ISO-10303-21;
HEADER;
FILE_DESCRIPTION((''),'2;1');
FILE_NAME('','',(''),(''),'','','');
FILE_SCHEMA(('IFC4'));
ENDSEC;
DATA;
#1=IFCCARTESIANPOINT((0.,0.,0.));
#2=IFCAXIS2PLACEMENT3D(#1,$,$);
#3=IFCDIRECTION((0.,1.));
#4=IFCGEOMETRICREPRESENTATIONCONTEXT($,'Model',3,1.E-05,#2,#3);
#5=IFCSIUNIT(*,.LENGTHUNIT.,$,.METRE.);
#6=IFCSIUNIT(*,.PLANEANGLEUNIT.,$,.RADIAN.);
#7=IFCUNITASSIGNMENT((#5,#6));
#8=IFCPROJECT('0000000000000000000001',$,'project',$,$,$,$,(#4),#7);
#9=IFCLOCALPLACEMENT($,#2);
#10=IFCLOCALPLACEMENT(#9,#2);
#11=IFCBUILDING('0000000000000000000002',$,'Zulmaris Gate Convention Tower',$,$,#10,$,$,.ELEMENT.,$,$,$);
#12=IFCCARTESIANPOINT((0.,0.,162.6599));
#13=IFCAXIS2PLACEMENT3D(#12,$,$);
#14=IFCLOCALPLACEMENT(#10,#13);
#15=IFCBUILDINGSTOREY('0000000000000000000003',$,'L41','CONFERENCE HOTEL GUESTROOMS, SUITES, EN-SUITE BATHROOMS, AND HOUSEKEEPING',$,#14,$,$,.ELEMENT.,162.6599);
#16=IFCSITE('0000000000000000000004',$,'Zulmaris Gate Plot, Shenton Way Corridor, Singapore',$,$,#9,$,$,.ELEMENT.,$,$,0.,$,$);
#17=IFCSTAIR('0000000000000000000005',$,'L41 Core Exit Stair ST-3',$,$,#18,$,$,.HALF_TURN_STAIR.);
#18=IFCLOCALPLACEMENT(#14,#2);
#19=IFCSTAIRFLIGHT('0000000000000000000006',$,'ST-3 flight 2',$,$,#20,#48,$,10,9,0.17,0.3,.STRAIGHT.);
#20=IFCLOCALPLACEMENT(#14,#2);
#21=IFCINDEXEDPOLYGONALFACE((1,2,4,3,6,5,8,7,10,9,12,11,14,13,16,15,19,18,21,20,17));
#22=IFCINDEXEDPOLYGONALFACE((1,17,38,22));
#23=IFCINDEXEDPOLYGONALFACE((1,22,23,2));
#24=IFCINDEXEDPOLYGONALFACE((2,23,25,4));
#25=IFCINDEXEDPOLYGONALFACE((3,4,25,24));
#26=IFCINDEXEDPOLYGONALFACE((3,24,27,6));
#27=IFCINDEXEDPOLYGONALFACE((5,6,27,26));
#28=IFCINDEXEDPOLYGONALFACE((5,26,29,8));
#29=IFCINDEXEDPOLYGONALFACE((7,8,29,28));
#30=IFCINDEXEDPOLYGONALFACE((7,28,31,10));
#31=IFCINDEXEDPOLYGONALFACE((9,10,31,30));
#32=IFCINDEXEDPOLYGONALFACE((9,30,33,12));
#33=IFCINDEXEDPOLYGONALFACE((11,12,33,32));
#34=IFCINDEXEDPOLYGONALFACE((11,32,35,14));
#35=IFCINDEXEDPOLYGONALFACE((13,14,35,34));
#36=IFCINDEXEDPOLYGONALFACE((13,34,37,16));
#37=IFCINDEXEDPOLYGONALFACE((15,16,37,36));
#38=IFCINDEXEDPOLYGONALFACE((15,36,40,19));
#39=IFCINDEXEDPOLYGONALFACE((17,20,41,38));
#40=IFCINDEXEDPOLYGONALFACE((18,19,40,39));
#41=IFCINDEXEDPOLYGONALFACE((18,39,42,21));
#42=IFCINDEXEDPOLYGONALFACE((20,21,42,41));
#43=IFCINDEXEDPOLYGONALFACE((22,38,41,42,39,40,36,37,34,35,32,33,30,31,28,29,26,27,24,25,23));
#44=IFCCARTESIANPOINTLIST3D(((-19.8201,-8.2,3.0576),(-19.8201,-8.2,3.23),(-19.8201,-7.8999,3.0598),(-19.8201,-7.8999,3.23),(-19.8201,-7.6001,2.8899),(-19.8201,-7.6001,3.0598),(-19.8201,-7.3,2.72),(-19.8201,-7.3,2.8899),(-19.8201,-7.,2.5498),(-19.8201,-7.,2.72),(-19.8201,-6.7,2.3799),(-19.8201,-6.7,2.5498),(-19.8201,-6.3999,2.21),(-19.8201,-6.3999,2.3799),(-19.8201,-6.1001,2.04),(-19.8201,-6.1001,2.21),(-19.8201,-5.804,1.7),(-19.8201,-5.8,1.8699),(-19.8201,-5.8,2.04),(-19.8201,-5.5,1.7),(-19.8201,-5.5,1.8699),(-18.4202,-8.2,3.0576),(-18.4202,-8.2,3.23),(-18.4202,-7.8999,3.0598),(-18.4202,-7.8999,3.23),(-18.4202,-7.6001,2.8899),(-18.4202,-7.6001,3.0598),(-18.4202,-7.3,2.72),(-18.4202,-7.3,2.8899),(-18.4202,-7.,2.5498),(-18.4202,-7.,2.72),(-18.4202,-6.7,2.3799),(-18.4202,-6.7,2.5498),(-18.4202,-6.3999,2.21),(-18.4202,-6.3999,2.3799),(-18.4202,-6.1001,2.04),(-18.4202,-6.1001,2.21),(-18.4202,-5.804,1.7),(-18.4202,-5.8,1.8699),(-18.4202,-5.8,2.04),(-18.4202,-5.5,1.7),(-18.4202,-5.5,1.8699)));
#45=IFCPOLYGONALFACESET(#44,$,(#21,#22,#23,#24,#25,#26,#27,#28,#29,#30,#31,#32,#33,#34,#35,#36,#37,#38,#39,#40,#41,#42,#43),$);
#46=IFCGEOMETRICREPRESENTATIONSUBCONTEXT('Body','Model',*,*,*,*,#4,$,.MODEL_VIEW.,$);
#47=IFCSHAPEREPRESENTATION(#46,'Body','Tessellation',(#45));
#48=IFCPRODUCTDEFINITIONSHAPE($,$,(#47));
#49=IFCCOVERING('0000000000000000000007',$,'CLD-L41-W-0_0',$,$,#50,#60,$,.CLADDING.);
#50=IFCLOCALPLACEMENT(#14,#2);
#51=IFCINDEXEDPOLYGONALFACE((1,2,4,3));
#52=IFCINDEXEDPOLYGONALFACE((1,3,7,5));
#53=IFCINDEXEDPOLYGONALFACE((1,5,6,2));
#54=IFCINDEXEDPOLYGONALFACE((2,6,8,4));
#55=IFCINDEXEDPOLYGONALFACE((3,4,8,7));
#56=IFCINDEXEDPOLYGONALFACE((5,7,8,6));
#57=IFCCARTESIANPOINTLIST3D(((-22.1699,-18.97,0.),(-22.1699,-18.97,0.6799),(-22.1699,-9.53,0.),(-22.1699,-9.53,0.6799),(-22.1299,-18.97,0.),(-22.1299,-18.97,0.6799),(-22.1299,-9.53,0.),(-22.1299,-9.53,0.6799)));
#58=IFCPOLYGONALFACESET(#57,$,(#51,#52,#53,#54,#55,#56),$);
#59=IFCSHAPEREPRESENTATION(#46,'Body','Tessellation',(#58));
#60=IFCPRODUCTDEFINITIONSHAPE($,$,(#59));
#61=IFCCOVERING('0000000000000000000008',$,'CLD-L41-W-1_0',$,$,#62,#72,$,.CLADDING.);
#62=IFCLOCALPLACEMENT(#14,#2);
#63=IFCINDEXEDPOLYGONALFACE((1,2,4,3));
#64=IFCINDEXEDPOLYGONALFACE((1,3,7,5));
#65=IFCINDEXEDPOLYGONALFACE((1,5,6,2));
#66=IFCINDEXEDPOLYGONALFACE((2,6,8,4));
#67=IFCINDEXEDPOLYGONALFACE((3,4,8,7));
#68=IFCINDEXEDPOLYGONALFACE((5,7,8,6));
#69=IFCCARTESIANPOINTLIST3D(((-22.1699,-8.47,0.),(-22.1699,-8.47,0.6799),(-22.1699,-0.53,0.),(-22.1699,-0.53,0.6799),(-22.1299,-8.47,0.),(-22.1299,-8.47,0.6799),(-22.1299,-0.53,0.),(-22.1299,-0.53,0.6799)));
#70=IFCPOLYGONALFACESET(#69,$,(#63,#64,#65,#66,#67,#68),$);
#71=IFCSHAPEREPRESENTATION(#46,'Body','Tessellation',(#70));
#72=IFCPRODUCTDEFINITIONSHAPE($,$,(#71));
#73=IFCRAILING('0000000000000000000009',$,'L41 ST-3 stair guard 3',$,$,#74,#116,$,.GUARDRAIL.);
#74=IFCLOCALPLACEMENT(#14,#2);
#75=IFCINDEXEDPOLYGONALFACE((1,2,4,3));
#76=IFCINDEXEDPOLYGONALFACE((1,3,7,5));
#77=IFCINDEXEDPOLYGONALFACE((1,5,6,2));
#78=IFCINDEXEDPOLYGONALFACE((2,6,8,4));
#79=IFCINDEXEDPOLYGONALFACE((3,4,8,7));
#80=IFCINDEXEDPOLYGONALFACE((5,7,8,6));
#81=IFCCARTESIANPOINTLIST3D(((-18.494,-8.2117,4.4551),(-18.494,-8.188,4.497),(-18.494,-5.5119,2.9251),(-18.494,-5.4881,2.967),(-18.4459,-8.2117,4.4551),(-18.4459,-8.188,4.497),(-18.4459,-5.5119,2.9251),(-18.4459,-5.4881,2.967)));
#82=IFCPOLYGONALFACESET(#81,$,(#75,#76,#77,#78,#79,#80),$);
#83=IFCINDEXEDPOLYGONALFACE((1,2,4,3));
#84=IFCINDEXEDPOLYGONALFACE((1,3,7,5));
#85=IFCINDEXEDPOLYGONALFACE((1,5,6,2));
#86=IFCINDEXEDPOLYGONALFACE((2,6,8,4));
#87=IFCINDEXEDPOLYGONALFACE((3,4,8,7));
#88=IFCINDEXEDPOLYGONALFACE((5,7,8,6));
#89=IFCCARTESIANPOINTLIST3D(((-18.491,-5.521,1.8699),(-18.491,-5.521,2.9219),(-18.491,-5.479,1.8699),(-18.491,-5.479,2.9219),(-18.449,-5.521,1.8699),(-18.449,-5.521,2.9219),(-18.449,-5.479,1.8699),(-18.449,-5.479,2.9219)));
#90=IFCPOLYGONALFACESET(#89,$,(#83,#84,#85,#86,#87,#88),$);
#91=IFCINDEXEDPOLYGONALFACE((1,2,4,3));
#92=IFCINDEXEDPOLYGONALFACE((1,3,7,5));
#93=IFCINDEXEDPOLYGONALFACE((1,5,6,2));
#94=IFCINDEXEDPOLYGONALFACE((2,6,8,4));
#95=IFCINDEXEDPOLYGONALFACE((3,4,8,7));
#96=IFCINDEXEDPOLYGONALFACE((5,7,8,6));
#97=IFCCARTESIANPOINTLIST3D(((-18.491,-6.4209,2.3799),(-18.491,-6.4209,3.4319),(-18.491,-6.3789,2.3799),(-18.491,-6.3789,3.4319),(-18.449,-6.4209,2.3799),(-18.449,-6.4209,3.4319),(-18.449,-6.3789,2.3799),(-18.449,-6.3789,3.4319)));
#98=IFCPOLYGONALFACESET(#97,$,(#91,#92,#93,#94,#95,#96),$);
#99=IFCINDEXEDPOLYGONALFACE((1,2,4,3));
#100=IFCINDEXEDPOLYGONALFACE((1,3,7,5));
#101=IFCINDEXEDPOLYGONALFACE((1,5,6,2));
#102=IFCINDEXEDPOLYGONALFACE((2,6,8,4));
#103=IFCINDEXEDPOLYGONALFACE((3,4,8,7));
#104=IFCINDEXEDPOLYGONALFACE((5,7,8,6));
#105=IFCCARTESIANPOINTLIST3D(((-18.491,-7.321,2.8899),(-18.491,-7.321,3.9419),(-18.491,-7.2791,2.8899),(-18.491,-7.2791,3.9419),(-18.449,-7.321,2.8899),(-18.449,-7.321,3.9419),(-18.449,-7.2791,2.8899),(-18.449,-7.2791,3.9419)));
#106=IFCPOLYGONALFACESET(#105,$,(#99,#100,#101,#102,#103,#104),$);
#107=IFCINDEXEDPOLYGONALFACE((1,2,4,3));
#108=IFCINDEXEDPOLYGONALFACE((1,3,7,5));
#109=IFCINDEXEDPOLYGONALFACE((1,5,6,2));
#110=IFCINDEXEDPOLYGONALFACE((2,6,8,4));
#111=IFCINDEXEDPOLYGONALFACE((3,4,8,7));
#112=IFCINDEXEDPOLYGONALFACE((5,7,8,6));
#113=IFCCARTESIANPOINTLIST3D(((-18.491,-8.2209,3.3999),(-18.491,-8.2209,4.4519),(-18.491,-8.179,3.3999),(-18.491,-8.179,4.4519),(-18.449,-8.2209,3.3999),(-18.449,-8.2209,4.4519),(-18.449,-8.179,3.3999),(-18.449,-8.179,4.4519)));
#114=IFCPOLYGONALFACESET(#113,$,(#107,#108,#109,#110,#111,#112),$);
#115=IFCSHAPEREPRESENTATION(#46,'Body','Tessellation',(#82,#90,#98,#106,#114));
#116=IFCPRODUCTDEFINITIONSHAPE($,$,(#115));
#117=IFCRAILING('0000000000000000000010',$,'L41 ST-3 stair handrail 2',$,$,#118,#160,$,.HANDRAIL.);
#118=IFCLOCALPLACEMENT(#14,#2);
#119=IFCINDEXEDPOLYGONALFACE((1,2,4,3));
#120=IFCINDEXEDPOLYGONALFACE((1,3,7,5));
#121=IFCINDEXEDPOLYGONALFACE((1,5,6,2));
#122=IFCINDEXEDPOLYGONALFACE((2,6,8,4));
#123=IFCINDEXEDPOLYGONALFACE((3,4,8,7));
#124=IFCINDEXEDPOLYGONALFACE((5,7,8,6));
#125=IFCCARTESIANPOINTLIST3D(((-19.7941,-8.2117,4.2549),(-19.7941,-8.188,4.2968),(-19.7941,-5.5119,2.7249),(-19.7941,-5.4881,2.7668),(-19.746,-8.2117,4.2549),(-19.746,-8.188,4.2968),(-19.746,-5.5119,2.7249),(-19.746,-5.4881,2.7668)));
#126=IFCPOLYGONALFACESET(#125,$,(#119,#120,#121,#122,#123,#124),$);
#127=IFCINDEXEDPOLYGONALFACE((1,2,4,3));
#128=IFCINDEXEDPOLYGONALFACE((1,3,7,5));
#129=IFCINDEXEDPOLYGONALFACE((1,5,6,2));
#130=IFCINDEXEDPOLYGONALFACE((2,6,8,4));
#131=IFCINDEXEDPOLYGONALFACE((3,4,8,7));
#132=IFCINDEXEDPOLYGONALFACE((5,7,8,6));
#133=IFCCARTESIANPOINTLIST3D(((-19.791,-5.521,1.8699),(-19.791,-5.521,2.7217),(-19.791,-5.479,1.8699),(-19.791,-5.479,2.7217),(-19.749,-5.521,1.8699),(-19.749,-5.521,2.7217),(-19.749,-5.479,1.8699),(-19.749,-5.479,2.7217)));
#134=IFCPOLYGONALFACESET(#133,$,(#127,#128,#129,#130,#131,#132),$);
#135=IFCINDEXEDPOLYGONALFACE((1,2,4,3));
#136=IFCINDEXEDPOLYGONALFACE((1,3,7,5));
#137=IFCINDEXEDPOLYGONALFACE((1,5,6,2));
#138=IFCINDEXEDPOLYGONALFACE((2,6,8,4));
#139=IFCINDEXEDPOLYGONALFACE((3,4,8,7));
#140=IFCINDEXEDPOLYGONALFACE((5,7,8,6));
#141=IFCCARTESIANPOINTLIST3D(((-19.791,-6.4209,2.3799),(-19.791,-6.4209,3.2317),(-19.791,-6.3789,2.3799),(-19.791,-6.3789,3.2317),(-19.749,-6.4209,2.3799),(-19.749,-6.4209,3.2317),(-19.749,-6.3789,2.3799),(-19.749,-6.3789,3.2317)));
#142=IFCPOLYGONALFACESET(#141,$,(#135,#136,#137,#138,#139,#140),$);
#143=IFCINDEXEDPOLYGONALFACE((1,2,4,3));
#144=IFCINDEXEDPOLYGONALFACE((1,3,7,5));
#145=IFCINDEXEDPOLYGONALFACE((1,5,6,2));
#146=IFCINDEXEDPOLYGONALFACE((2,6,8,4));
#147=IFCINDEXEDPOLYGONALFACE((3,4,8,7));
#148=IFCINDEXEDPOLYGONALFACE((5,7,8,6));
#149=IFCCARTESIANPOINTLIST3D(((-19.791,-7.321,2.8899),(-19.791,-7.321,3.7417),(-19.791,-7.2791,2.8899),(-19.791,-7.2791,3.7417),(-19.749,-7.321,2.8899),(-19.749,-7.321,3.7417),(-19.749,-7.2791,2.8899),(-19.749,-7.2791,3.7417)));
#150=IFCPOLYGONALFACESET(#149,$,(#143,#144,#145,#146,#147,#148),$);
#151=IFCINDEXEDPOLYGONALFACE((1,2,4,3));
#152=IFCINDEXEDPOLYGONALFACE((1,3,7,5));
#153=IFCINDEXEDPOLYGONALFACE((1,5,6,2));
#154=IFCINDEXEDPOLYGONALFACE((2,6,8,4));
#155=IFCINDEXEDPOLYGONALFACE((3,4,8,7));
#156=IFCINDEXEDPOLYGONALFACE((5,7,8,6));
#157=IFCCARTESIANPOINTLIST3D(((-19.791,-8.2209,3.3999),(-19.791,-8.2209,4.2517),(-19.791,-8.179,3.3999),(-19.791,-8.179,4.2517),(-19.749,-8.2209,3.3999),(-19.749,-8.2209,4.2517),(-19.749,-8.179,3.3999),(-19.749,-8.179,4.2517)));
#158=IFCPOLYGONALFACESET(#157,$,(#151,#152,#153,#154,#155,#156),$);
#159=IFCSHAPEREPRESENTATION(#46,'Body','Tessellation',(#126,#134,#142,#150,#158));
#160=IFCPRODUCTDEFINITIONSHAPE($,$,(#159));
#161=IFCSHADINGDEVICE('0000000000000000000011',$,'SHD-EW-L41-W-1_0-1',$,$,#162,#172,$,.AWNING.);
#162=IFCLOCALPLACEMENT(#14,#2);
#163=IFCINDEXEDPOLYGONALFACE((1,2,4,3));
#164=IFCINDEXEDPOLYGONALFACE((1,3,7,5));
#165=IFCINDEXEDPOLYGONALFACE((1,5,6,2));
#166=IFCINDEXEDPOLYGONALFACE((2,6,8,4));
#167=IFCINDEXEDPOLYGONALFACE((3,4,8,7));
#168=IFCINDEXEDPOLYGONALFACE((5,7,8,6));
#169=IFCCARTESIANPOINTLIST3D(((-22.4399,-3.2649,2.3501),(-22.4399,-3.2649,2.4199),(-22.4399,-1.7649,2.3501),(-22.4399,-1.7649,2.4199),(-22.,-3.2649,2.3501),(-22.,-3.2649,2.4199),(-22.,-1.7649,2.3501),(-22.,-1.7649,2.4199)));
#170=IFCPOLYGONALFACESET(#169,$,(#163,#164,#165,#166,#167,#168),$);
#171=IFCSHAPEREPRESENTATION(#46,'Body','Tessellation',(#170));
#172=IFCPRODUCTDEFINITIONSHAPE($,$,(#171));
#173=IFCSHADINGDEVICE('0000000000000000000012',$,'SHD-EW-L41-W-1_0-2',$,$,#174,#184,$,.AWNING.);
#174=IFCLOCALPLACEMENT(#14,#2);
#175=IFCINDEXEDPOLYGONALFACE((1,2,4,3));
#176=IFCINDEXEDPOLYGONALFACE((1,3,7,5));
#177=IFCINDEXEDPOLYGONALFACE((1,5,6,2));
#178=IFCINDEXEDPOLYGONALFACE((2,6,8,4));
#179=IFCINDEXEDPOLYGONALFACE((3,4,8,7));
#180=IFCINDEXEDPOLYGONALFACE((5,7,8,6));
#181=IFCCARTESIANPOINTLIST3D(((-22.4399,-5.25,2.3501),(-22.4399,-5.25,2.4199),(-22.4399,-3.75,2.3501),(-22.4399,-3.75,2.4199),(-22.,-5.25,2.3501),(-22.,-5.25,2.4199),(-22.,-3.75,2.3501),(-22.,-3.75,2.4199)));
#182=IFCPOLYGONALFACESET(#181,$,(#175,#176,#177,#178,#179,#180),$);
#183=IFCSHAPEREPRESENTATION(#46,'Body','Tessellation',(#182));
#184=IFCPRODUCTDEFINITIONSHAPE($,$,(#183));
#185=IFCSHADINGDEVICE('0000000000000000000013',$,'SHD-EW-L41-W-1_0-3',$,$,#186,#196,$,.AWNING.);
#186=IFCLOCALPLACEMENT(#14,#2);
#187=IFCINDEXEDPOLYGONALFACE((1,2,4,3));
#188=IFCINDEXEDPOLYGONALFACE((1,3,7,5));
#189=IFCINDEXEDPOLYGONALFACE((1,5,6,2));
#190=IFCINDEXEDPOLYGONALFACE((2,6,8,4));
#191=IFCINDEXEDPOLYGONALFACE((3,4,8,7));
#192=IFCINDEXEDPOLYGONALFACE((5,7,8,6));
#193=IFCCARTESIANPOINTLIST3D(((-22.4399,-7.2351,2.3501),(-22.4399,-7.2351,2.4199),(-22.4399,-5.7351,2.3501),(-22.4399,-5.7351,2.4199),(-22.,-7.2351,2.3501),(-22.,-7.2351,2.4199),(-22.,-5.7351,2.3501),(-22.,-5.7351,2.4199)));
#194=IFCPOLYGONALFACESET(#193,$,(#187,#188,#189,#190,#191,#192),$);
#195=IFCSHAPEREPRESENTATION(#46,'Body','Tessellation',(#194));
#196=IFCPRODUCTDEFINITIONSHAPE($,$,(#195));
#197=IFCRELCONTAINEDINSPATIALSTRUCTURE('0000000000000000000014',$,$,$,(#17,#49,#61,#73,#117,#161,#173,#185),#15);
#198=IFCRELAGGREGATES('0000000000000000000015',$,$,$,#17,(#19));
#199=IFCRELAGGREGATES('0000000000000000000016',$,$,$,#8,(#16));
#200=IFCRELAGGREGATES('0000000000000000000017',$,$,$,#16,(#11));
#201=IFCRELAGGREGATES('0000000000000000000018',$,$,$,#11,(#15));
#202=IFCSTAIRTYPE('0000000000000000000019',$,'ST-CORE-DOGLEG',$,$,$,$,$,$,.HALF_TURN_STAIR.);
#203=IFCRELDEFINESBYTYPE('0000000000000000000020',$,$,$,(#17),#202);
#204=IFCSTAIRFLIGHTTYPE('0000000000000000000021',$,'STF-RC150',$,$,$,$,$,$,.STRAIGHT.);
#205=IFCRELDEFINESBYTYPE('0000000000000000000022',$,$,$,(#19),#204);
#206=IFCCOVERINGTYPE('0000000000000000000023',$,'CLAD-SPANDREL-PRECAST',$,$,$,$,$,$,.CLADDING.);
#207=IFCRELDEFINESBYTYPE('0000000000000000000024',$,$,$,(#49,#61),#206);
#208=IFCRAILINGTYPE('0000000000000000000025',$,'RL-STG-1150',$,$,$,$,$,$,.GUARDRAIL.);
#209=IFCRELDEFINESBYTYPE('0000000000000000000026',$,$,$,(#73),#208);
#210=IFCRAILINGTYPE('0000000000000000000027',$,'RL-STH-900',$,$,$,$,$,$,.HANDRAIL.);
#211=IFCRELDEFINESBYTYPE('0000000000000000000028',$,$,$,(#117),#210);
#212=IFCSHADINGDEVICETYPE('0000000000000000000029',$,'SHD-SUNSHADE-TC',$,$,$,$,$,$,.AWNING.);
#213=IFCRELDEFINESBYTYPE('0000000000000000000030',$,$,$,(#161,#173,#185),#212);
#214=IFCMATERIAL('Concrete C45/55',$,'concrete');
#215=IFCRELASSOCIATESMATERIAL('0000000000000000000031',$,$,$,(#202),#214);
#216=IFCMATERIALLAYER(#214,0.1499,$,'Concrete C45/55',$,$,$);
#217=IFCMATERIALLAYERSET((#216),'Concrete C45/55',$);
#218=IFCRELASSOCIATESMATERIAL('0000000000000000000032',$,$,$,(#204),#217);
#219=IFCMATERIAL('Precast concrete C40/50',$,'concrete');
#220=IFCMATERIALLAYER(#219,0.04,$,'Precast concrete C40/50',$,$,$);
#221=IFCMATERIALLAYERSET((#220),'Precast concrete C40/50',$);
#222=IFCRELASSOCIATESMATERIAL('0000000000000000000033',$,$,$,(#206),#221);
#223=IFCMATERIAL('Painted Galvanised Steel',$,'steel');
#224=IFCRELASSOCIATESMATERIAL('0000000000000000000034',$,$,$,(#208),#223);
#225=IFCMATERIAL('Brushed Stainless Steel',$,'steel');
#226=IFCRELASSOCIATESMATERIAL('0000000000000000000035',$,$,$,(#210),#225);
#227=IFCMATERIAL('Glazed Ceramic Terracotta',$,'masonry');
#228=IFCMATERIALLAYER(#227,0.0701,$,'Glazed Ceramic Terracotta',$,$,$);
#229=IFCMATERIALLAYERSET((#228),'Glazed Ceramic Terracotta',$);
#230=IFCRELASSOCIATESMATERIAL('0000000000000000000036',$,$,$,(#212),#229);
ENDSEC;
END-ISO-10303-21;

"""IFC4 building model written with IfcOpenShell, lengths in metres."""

from ifc_helpers import new_model, si_unit, direction, frame, frame_2d, origin, origin_2d, place, context, subcontext, project, spatial, polyline, rectangle, outline, extrude, material, layer, layer_set, type_object, element, aggregate, save


model = new_model("IFC4")

# Units and contexts
model_context = context("Model", 3, precision=1e-05, world=origin(), true_north=direction((0.0, 1.0)))
body_context = subcontext(model_context, "Body", "Model", "MODEL_VIEW")
ifc_project = project(units=[si_unit("LENGTHUNIT", "METRE"), si_unit("PLANEANGLEUNIT", "RADIAN")], contexts=[model_context])

# Site, building, storey
site_placement = place(None, origin())
site = spatial("IfcSite", under=ifc_project, at=site_placement, Name="Zulmaris Gate Plot, Shenton Way Corridor, Singapore", CompositionType="ELEMENT", RefElevation=0.0)
building_placement = place(site_placement, origin())
building = spatial("IfcBuilding", under=site, at=building_placement, Name="Zulmaris Gate Convention Tower", CompositionType="ELEMENT")
storey_placement = place(building_placement, frame((0.0, 0.0, 162.6599)))
storey = spatial("IfcBuildingStorey", under=building, at=storey_placement, Name="L41", Description="CONFERENCE HOTEL GUESTROOMS, SUITES, EN-SUITE BATHROOMS, AND HOUSEKEEPING", CompositionType="ELEMENT", Elevation=162.6599)

# Shared definitions
ifc_material_1 = material(Name="Precast concrete C40/50", Category="concrete")

# Stair, stair flight
ifc_material_2 = material(Name="Concrete C45/55", Category="concrete")
stair_type = type_object("IfcStairType", Name="ST-CORE-DOGLEG", PredefinedType="HALF_TURN_STAIR", material=ifc_material_2)
stair_placement = place(storey_placement, origin())
stair = element("IfcStair", 1, at=stair_placement, inside=storey, type_object=stair_type, Name="L41 Core Exit Stair ST-3", PredefinedType="HALF_TURN_STAIR")
ifc_layer_1 = layer(ifc_material_2, 0.1499, Name="Concrete C45/55")
ifc_layer_set_1 = layer_set([ifc_layer_1], Name="Concrete C45/55")
stair_flight_type = type_object("IfcStairFlightType", Name="STF-RC150", PredefinedType="STRAIGHT", material=ifc_layer_set_1)
stair_flight_placement = place(storey_placement, frame((-19.1201, -5.5, 1.7), z_axis=(0.0, 0.0, 1.0), x_axis=(0.0, -1.0, 0.0)))
stair_flight = element("IfcStairFlight", 2, at=stair_flight_placement, type_object=stair_flight_type, Name="ST-3 flight 2", NumberOfRisers=10, NumberOfTreads=9, PredefinedType="STRAIGHT", RiserHeight=0.17, TreadLength=0.3, context=body_context, shape_type="SweptSolid", body=[
    extrude(outline(polyline([(0.0, 0.0), (0.0, 0.1699), (0.3, 0.1699), (0.3, 0.3401), (0.6001, 0.3401), (0.6001, 0.51), (0.8999, 0.51), (0.8999, 0.6799), (1.2, 0.6799), (1.2, 0.8499), (1.5, 0.8499), (1.5, 1.02), (1.8, 1.02), (1.8, 1.1899), (2.1001, 1.1899), (2.1001, 1.3599), (2.3999, 1.3599), (2.3999, 1.53), (2.7, 1.53), (2.7, 1.7), (2.7, 1.3577), (0.304, 0.0), (0.0, 0.0)])), frame((0.0, 0.7, 0.0), z_axis=(0.0, -1.0, 0.0), x_axis=(1.0, 0.0, 0.0)), (0.0, 0.0, 1.0), 1.3999),
])
aggregate(stair, [stair_flight])

# Coverings
ifc_layer_2 = layer(ifc_material_1, 0.04, Name="Precast concrete C40/50")
ifc_layer_set_2 = layer_set([ifc_layer_2], Name="Precast concrete C40/50")
covering_type = type_object("IfcCoveringType", Name="CLAD-SPANDREL-PRECAST", PredefinedType="CLADDING", material=ifc_layer_set_2)
covering_1_placement = place(storey_placement, frame((-22.1499, -9.53, 0.0), z_axis=(0.0, 0.0, 1.0), x_axis=(0.0, -1.0, 0.0)))
element("IfcCovering", 3, at=covering_1_placement, inside=storey, type_object=covering_type, Name="CLD-L41-W-0_0", PredefinedType="CLADDING", context=body_context, shape_type="SweptSolid", body=[
    extrude(rectangle(XDim=9.4399, YDim=0.04, at=frame_2d((4.72, 0.0))), origin(), (0.0, 0.0, 1.0), 0.6799),
])
covering_2_placement = place(storey_placement, frame((-22.1499, -0.53, 0.0), z_axis=(0.0, 0.0, 1.0), x_axis=(0.0, -1.0, 0.0)))
element("IfcCovering", 4, at=covering_2_placement, inside=storey, type_object=covering_type, Name="CLD-L41-W-1_0", PredefinedType="CLADDING", context=body_context, shape_type="SweptSolid", body=[
    extrude(rectangle(XDim=7.9399, YDim=0.04, at=frame_2d((3.97, 0.0))), origin(), (0.0, 0.0, 1.0), 0.6799),
])

# Railings
ifc_material_3 = material(Name="Painted Galvanised Steel", Category="steel")
railing_type_1 = type_object("IfcRailingType", Name="RL-STG-1150", PredefinedType="GUARDRAIL", material=ifc_material_3)
railing_1_placement = place(storey_placement, frame((-18.47, -5.5, 1.8699)))
element("IfcRailing", 5, at=railing_1_placement, inside=storey, type_object=railing_type_1, Name="L41 ST-3 stair guard 3", PredefinedType="GUARDRAIL", context=body_context, shape_type="SweptSolid", body=[
    extrude(rectangle(XDim=0.0481, YDim=0.0481, at=origin_2d()), frame((0.0, 0.0, 1.0762), z_axis=(0.0, -0.870014, 0.493026), x_axis=(1.0, 0.0, 0.0)), (0.0, 0.0, 1.0), 3.1033),
    extrude(rectangle(XDim=0.042, YDim=0.042, at=origin_2d()), origin(), (0.0, 0.0, 1.0), 1.052),
    extrude(rectangle(XDim=0.042, YDim=0.042, at=origin_2d()), frame((0.0, -0.8999, 0.51)), (0.0, 0.0, 1.0), 1.052),
    extrude(rectangle(XDim=0.042, YDim=0.042, at=origin_2d()), frame((0.0, -1.8, 1.02)), (0.0, 0.0, 1.0), 1.052),
    extrude(rectangle(XDim=0.042, YDim=0.042, at=origin_2d()), frame((0.0, -2.7, 1.53)), (0.0, 0.0, 1.0), 1.052),
])
ifc_material_4 = material(Name="Brushed Stainless Steel", Category="steel")
railing_type_2 = type_object("IfcRailingType", Name="RL-STH-900", PredefinedType="HANDRAIL", material=ifc_material_4)
railing_2_placement = place(storey_placement, frame((-19.77, -5.5, 1.8699)))
element("IfcRailing", 6, at=railing_2_placement, inside=storey, type_object=railing_type_2, Name="L41 ST-3 stair handrail 2", PredefinedType="HANDRAIL", context=body_context, shape_type="SweptSolid", body=[
    extrude(rectangle(XDim=0.0481, YDim=0.0481, at=origin_2d()), frame((0.0, 0.0, 0.876), z_axis=(0.0, -0.870014, 0.493026), x_axis=(1.0, 0.0, 0.0)), (0.0, 0.0, 1.0), 3.1033),
    extrude(rectangle(XDim=0.042, YDim=0.042, at=origin_2d()), origin(), (0.0, 0.0, 1.0), 0.8518),
    extrude(rectangle(XDim=0.042, YDim=0.042, at=origin_2d()), frame((0.0, -0.8999, 0.51)), (0.0, 0.0, 1.0), 0.8518),
    extrude(rectangle(XDim=0.042, YDim=0.042, at=origin_2d()), frame((0.0, -1.8, 1.02)), (0.0, 0.0, 1.0), 0.8518),
    extrude(rectangle(XDim=0.042, YDim=0.042, at=origin_2d()), frame((0.0, -2.7, 1.53)), (0.0, 0.0, 1.0), 0.8518),
])

# Shading devices
ifc_material_5 = material(Name="Glazed Ceramic Terracotta", Category="masonry")
ifc_layer_3 = layer(ifc_material_5, 0.0701, Name="Glazed Ceramic Terracotta")
ifc_layer_set_3 = layer_set([ifc_layer_3], Name="Glazed Ceramic Terracotta")
shading_device_type = type_object("IfcShadingDeviceType", Name="SHD-SUNSHADE-TC", PredefinedType="AWNING", material=ifc_layer_set_3)
for number, where, z_axis, x_axis, name in (
    (7, (-22.22, -1.7649, 2.3501), (0.0, 0.0, 1.0), (0.0, -1.0, 0.0), "SHD-EW-L41-W-1_0-1"),
    (8, (-22.22, -3.75, 2.3501), (0.0, 0.0, 1.0), (0.0, -1.0, 0.0), "SHD-EW-L41-W-1_0-2"),
    (9, (-22.22, -5.7351, 2.3501), (0.0, 0.0, 1.0), (0.0, -1.0, 0.0), "SHD-EW-L41-W-1_0-3"),
):
    element("IfcShadingDevice", number, at=place(storey_placement, frame(where, z_axis=z_axis, x_axis=x_axis)), inside=storey, type_object=shading_device_type, Name=name, PredefinedType="AWNING", context=body_context, shape_type="SweptSolid", body=[
        extrude(rectangle(XDim=1.5, YDim=0.4399, at=frame_2d((0.75, 0.0))), origin(), (0.0, 0.0, 1.0), 0.0698),
    ])

save(model, "model.ifc")
